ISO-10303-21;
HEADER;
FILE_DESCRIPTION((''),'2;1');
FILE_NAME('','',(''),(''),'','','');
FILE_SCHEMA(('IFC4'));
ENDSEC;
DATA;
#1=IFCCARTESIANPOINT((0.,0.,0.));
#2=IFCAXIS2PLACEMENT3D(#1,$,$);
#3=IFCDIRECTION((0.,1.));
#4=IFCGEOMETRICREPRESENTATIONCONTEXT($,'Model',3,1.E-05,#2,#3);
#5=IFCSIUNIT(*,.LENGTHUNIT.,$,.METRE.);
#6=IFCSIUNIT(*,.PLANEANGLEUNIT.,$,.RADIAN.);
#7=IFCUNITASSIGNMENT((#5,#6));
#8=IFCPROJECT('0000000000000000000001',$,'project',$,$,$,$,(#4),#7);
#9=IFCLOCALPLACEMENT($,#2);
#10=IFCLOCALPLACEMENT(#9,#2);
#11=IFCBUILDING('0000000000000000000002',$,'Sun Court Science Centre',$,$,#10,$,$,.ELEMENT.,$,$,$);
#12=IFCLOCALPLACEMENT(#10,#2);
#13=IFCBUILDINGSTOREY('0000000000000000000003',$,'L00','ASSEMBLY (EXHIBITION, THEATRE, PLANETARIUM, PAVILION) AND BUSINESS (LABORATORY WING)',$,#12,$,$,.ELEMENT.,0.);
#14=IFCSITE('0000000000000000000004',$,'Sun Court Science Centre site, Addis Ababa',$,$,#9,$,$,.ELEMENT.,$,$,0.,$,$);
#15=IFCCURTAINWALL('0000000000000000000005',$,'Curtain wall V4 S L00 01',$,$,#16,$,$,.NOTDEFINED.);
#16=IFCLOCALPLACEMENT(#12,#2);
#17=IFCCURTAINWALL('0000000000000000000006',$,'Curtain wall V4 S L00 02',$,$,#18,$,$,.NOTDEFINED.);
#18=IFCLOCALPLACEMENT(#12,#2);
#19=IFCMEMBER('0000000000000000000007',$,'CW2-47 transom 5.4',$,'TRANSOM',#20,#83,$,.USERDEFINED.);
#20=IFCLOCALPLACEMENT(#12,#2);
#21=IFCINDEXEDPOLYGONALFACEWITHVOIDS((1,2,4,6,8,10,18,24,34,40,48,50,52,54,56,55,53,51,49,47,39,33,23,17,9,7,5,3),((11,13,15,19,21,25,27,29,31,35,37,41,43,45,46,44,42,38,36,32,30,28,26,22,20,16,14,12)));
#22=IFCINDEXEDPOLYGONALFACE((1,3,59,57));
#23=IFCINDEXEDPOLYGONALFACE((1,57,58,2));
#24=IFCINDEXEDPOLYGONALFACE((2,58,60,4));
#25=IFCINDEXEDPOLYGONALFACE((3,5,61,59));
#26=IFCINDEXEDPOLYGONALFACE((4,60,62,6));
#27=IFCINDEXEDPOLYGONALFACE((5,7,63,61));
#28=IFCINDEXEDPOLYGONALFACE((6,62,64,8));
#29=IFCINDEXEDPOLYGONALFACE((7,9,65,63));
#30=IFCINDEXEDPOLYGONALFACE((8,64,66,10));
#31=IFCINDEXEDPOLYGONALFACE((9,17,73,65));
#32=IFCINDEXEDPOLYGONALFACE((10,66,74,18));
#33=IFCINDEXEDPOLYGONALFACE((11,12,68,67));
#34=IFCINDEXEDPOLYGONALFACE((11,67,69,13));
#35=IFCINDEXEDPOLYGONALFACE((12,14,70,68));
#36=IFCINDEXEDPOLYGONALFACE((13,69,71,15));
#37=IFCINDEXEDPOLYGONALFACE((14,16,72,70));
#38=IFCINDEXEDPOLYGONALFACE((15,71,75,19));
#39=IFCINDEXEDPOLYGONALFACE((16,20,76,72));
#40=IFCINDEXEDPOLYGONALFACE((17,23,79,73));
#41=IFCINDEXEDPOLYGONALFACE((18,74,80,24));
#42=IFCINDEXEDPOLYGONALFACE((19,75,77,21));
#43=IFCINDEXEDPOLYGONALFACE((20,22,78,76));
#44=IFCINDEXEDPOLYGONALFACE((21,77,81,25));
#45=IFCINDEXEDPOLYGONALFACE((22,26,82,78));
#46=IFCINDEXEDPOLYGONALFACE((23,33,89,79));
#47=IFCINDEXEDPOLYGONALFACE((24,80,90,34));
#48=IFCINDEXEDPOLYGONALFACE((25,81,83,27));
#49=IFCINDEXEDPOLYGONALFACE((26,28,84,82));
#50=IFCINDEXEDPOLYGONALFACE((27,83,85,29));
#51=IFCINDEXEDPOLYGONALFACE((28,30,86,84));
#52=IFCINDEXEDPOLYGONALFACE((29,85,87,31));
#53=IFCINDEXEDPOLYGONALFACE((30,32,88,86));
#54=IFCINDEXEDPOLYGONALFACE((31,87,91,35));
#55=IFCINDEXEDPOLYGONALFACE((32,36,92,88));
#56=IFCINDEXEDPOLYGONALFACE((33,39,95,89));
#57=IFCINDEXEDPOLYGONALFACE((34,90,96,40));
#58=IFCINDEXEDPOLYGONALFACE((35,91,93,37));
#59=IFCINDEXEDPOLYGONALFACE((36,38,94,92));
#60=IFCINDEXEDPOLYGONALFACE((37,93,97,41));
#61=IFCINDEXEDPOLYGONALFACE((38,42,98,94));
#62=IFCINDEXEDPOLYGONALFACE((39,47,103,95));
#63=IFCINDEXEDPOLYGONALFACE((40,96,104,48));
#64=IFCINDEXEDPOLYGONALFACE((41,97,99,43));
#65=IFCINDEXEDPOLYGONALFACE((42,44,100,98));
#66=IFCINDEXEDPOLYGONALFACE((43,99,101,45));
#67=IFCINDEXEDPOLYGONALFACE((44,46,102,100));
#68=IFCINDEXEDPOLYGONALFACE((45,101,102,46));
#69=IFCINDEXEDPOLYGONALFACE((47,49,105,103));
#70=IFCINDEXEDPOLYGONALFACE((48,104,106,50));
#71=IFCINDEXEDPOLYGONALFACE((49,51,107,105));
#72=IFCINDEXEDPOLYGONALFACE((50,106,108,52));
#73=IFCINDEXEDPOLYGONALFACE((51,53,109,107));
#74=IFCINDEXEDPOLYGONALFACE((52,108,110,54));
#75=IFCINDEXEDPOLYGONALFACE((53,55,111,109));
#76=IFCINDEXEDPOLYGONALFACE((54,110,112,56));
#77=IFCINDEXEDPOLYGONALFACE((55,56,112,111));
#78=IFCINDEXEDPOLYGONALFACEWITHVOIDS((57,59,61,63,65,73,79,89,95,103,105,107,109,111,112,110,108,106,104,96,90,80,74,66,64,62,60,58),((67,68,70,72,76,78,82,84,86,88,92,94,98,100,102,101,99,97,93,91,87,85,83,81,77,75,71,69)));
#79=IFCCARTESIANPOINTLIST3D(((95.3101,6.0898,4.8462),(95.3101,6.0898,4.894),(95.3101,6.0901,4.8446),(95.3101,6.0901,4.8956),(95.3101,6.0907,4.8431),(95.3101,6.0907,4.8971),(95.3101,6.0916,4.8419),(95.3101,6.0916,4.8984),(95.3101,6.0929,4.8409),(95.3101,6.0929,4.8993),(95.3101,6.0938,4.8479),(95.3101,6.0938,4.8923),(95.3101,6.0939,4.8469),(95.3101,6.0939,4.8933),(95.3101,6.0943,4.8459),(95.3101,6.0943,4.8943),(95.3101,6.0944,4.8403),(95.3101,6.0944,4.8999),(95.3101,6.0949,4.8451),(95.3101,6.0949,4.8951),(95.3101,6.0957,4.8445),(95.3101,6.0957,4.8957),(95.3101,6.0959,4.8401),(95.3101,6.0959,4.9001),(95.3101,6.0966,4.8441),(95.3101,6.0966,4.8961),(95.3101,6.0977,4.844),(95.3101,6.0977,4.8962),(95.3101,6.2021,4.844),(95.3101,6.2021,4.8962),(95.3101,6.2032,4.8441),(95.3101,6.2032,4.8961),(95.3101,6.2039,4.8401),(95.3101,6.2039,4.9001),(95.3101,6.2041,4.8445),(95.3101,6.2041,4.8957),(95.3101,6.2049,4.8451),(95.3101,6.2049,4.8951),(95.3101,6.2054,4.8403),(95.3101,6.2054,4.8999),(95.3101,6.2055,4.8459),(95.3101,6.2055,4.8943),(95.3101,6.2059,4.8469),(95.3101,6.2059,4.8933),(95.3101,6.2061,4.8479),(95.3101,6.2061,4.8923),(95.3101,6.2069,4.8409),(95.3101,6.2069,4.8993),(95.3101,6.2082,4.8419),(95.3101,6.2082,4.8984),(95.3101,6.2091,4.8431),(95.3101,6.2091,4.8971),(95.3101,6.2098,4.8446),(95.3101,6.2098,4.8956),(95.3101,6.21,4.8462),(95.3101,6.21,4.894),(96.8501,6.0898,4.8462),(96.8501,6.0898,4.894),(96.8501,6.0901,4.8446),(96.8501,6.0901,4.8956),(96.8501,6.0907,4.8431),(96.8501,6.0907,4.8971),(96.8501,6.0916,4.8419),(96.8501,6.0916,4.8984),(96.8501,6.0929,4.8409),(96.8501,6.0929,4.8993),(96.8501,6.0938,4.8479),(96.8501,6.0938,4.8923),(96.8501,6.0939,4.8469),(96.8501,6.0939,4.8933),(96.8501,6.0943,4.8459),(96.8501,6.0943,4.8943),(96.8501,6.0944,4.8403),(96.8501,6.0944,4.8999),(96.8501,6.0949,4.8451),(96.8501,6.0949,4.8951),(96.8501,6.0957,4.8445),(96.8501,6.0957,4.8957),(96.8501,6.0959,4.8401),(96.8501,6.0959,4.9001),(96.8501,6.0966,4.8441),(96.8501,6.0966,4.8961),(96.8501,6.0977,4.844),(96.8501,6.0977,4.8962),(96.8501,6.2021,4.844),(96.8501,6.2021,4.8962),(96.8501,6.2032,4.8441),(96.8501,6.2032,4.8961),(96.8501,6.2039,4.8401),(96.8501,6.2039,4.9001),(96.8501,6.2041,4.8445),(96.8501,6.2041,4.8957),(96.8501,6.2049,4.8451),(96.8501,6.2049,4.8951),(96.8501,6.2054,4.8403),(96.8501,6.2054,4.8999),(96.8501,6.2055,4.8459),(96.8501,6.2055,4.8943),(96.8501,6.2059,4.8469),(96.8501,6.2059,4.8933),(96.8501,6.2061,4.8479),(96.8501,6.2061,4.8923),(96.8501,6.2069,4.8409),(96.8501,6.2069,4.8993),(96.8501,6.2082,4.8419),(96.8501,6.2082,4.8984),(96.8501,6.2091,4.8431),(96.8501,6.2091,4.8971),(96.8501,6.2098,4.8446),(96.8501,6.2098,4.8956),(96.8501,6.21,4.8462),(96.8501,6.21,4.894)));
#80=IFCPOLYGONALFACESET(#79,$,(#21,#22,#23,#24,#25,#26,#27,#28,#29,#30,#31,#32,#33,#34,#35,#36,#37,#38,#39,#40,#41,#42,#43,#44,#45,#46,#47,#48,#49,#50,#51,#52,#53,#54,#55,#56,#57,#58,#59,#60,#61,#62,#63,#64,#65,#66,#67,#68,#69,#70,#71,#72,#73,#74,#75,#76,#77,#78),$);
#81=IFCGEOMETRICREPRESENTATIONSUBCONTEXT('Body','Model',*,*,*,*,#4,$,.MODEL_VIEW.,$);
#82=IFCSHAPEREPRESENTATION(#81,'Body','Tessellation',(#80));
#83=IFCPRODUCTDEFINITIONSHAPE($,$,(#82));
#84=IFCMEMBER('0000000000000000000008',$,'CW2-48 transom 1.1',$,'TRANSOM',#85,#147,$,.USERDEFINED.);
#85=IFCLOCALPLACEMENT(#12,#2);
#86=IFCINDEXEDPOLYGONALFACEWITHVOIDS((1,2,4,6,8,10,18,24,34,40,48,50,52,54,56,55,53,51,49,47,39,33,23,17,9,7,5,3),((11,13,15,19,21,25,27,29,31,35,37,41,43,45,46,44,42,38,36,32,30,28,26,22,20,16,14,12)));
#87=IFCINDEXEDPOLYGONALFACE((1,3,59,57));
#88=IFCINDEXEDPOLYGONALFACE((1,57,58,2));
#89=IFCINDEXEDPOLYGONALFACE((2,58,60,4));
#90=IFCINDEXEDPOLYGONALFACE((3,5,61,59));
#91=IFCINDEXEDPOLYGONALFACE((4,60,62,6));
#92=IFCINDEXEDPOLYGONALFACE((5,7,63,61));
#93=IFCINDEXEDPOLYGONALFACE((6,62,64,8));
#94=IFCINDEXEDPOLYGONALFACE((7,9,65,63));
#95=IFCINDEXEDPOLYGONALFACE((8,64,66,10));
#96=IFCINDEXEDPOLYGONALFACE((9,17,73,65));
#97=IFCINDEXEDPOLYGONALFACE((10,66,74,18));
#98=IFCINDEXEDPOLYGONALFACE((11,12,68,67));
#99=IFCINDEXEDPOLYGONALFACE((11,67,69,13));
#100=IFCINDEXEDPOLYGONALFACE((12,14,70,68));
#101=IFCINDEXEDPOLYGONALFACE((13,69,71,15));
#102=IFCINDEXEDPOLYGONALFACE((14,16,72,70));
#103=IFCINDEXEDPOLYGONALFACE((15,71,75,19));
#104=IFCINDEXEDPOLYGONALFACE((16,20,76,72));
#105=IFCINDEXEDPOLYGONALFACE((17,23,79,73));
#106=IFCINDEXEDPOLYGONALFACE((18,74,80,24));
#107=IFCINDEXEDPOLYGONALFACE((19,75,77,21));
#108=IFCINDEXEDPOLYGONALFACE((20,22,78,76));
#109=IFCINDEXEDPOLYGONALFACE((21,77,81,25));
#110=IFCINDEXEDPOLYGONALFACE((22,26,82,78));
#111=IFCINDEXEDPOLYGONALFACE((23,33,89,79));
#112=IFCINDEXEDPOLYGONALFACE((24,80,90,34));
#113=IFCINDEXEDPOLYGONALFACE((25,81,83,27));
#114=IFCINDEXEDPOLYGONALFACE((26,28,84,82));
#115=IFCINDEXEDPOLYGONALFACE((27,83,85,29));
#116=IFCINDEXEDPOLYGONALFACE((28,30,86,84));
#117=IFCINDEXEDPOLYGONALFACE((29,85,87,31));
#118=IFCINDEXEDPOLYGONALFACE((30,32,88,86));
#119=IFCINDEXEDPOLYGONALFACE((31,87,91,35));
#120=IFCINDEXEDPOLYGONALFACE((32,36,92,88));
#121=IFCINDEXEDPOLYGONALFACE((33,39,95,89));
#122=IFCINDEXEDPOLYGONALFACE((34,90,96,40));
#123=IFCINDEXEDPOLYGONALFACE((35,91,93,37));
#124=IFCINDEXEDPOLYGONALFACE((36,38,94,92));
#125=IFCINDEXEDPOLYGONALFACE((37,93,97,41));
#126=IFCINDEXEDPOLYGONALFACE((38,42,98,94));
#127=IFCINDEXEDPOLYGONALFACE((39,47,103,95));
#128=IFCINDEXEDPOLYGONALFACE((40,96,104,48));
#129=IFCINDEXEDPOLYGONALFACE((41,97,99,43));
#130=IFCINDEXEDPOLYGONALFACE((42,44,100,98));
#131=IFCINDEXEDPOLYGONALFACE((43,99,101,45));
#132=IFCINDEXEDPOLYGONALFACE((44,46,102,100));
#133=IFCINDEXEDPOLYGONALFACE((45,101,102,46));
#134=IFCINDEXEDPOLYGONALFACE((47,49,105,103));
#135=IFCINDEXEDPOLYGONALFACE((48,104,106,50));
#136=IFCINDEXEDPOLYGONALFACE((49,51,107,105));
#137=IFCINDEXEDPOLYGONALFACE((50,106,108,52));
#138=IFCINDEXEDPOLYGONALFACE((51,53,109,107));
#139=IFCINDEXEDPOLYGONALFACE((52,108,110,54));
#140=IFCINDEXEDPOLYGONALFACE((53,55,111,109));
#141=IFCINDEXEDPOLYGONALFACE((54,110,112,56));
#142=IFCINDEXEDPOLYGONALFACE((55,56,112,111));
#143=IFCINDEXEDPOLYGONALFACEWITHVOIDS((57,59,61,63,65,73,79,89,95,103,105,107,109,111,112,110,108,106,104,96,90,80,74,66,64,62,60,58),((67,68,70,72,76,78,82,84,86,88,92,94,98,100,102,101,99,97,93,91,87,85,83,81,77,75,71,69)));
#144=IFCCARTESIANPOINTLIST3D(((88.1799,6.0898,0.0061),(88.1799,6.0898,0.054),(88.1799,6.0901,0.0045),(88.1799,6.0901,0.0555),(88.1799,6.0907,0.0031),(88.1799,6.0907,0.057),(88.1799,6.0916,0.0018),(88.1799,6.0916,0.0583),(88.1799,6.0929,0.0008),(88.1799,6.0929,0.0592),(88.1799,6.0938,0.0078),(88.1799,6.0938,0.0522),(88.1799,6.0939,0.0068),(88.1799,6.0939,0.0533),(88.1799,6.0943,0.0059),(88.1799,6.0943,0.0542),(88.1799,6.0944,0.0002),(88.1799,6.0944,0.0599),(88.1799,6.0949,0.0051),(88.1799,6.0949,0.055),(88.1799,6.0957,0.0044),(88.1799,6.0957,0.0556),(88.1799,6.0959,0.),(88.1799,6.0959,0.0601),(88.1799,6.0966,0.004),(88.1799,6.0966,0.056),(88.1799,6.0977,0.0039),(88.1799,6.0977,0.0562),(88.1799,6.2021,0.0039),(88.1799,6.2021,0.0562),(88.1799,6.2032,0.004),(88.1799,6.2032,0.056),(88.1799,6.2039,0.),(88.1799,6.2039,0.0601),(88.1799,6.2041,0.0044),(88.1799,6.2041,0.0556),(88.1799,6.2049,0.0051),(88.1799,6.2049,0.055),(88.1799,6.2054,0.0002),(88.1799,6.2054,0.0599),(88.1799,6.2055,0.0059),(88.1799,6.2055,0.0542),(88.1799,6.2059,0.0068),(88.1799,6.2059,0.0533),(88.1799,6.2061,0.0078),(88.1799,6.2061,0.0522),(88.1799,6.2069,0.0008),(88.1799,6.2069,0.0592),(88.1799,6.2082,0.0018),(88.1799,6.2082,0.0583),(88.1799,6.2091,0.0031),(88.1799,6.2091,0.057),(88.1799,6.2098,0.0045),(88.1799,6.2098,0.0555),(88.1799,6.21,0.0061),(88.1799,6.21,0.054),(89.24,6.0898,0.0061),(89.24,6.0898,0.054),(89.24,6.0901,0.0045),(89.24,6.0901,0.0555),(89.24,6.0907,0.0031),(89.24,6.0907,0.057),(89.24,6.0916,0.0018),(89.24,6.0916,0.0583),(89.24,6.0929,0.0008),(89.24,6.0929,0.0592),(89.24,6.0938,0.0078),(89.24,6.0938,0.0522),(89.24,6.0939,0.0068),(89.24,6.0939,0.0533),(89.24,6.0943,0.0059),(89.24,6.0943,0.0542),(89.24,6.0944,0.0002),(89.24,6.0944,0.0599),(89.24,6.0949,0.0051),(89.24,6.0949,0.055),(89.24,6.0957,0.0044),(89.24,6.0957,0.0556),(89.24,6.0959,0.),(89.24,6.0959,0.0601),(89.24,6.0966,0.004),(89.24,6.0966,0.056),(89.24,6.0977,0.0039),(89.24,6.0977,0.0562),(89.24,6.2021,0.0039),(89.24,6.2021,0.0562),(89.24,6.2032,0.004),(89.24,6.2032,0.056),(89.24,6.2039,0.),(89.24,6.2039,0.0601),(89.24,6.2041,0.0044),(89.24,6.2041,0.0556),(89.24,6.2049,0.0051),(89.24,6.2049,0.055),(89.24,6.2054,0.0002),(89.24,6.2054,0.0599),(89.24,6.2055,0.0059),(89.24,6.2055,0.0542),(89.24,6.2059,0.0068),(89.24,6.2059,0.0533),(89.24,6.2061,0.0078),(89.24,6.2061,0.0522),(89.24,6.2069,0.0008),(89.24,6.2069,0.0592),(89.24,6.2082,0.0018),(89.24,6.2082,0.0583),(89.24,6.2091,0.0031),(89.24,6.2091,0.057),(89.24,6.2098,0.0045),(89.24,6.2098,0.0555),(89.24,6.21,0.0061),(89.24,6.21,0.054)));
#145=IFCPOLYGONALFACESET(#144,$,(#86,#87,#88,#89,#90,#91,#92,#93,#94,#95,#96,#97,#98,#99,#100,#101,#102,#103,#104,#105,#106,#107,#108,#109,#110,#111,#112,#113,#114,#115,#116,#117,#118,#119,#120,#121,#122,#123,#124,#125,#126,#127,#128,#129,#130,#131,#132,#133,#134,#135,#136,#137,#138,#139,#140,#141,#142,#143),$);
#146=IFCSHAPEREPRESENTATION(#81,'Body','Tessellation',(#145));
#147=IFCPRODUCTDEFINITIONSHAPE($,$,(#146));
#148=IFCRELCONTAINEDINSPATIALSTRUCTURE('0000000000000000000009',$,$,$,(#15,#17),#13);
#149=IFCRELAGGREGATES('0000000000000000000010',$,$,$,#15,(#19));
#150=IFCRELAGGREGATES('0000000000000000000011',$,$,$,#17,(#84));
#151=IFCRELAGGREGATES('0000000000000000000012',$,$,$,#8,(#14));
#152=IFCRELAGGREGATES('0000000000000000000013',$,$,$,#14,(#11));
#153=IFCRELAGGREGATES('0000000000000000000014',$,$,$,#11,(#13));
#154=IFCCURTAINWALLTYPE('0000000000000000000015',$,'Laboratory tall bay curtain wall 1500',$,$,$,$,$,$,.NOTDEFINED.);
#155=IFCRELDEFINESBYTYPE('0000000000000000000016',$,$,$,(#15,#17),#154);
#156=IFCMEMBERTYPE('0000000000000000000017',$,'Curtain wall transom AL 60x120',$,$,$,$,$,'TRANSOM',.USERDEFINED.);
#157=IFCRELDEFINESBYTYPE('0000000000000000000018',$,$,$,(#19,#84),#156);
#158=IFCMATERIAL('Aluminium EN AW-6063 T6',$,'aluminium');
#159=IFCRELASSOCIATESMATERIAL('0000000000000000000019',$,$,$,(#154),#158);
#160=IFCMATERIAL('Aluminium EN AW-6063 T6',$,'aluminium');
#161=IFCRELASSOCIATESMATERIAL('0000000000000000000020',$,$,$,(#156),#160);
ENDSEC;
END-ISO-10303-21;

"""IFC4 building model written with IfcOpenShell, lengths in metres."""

from ifc_helpers import new_model, si_unit, direction, frame, origin, origin_2d, place, context, subcontext, project, spatial, hollow_rectangle, extrude, material, material_profile, profile_set, type_object, element, aggregate, save


model = new_model("IFC4")

# Units and contexts
model_context = context("Model", 3, precision=1e-05, world=origin(), true_north=direction((0.0, 1.0)))
body_context = subcontext(model_context, "Body", "Model", "MODEL_VIEW")
ifc_project = project(units=[si_unit("LENGTHUNIT", "METRE"), si_unit("PLANEANGLEUNIT", "RADIAN")], contexts=[model_context])

# Site, building, storey
site_placement = place(None, origin())
site = spatial("IfcSite", under=ifc_project, at=site_placement, Name="Sun Court Science Centre site, Addis Ababa", CompositionType="ELEMENT", RefElevation=0.0)
building_placement = place(site_placement, origin())
building = spatial("IfcBuilding", under=site, at=building_placement, Name="Sun Court Science Centre", CompositionType="ELEMENT")
storey_placement = place(building_placement, origin())
storey = spatial("IfcBuildingStorey", under=building, at=storey_placement, Name="L00", Description="ASSEMBLY (EXHIBITION, THEATRE, PLANETARIUM, PAVILION) AND BUSINESS (LABORATORY WING)", CompositionType="ELEMENT", Elevation=0.0)

# Curtain wall
ifc_material_1 = material(Name="Aluminium EN AW-6063 T6", Category="aluminium")
curtain_wall_type = type_object("IfcCurtainWallType", Name="Laboratory tall bay curtain wall 1500", PredefinedType="NOTDEFINED", material=ifc_material_1)
curtain_wall_1_placement = place(storey_placement, origin())
curtain_wall_1 = element("IfcCurtainWall", 1, at=curtain_wall_1_placement, inside=storey, type_object=curtain_wall_type, Name="Curtain wall V4 S L00 01", PredefinedType="NOTDEFINED")

# Curtain wall
curtain_wall_2_placement = place(storey_placement, origin())
curtain_wall_2 = element("IfcCurtainWall", 2, at=curtain_wall_2_placement, inside=storey, type_object=curtain_wall_type, Name="Curtain wall V4 S L00 02", PredefinedType="NOTDEFINED")

# Members
ifc_material_2 = material(Name="Aluminium EN AW-6063 T6", Category="aluminium")
ifc_material_profile_1 = material_profile(ifc_material_2, hollow_rectangle(XDim=0.0601, YDim=0.1201, WallThickness=0.0039, InnerFilletRadius=0.0039, OuterFilletRadius=0.0061, at=origin_2d()), Name="AL 60x120x4")
ifc_profile_set_1 = profile_set([ifc_material_profile_1], Name="Aluminium EN AW-6063 T6")
member_type_1 = type_object("IfcMemberType", Name="Curtain wall transom AL 60x120", ElementType="TRANSOM", PredefinedType="USERDEFINED", material=ifc_profile_set_1)
member_1_placement = place(storey_placement, frame((96.8501, 6.1499, 4.8701), z_axis=(-1.0, 0.0, 0.0), x_axis=(0.0, 0.0, 1.0)))
member_1 = element("IfcMember", 3, at=member_1_placement, type_object=member_type_1, Name="CW2-47 transom 5.4", ObjectType="TRANSOM", PredefinedType="USERDEFINED", context=body_context, shape_type="SweptSolid", body=[
    extrude(hollow_rectangle(XDim=0.0601, YDim=0.1201, WallThickness=0.0039, InnerFilletRadius=0.0039, OuterFilletRadius=0.0061, at=origin_2d()), origin(), (0.0, 0.0, 1.0), 1.54),
])
member_2_placement = place(storey_placement, frame((89.24, 6.1499, 0.03), z_axis=(-1.0, 0.0, 0.0), x_axis=(0.0, 0.0, 1.0)))
member_2 = element("IfcMember", 4, at=member_2_placement, type_object=member_type_1, Name="CW2-48 transom 1.1", ObjectType="TRANSOM", PredefinedType="USERDEFINED", context=body_context, shape_type="SweptSolid", body=[
    extrude(hollow_rectangle(XDim=0.0601, YDim=0.1201, WallThickness=0.0039, InnerFilletRadius=0.0039, OuterFilletRadius=0.0061, at=origin_2d()), origin(), (0.0, 0.0, 1.0), 1.0601),
])

aggregate(curtain_wall_1, [member_1])
aggregate(curtain_wall_2, [member_2])

save(model, "model.ifc")
